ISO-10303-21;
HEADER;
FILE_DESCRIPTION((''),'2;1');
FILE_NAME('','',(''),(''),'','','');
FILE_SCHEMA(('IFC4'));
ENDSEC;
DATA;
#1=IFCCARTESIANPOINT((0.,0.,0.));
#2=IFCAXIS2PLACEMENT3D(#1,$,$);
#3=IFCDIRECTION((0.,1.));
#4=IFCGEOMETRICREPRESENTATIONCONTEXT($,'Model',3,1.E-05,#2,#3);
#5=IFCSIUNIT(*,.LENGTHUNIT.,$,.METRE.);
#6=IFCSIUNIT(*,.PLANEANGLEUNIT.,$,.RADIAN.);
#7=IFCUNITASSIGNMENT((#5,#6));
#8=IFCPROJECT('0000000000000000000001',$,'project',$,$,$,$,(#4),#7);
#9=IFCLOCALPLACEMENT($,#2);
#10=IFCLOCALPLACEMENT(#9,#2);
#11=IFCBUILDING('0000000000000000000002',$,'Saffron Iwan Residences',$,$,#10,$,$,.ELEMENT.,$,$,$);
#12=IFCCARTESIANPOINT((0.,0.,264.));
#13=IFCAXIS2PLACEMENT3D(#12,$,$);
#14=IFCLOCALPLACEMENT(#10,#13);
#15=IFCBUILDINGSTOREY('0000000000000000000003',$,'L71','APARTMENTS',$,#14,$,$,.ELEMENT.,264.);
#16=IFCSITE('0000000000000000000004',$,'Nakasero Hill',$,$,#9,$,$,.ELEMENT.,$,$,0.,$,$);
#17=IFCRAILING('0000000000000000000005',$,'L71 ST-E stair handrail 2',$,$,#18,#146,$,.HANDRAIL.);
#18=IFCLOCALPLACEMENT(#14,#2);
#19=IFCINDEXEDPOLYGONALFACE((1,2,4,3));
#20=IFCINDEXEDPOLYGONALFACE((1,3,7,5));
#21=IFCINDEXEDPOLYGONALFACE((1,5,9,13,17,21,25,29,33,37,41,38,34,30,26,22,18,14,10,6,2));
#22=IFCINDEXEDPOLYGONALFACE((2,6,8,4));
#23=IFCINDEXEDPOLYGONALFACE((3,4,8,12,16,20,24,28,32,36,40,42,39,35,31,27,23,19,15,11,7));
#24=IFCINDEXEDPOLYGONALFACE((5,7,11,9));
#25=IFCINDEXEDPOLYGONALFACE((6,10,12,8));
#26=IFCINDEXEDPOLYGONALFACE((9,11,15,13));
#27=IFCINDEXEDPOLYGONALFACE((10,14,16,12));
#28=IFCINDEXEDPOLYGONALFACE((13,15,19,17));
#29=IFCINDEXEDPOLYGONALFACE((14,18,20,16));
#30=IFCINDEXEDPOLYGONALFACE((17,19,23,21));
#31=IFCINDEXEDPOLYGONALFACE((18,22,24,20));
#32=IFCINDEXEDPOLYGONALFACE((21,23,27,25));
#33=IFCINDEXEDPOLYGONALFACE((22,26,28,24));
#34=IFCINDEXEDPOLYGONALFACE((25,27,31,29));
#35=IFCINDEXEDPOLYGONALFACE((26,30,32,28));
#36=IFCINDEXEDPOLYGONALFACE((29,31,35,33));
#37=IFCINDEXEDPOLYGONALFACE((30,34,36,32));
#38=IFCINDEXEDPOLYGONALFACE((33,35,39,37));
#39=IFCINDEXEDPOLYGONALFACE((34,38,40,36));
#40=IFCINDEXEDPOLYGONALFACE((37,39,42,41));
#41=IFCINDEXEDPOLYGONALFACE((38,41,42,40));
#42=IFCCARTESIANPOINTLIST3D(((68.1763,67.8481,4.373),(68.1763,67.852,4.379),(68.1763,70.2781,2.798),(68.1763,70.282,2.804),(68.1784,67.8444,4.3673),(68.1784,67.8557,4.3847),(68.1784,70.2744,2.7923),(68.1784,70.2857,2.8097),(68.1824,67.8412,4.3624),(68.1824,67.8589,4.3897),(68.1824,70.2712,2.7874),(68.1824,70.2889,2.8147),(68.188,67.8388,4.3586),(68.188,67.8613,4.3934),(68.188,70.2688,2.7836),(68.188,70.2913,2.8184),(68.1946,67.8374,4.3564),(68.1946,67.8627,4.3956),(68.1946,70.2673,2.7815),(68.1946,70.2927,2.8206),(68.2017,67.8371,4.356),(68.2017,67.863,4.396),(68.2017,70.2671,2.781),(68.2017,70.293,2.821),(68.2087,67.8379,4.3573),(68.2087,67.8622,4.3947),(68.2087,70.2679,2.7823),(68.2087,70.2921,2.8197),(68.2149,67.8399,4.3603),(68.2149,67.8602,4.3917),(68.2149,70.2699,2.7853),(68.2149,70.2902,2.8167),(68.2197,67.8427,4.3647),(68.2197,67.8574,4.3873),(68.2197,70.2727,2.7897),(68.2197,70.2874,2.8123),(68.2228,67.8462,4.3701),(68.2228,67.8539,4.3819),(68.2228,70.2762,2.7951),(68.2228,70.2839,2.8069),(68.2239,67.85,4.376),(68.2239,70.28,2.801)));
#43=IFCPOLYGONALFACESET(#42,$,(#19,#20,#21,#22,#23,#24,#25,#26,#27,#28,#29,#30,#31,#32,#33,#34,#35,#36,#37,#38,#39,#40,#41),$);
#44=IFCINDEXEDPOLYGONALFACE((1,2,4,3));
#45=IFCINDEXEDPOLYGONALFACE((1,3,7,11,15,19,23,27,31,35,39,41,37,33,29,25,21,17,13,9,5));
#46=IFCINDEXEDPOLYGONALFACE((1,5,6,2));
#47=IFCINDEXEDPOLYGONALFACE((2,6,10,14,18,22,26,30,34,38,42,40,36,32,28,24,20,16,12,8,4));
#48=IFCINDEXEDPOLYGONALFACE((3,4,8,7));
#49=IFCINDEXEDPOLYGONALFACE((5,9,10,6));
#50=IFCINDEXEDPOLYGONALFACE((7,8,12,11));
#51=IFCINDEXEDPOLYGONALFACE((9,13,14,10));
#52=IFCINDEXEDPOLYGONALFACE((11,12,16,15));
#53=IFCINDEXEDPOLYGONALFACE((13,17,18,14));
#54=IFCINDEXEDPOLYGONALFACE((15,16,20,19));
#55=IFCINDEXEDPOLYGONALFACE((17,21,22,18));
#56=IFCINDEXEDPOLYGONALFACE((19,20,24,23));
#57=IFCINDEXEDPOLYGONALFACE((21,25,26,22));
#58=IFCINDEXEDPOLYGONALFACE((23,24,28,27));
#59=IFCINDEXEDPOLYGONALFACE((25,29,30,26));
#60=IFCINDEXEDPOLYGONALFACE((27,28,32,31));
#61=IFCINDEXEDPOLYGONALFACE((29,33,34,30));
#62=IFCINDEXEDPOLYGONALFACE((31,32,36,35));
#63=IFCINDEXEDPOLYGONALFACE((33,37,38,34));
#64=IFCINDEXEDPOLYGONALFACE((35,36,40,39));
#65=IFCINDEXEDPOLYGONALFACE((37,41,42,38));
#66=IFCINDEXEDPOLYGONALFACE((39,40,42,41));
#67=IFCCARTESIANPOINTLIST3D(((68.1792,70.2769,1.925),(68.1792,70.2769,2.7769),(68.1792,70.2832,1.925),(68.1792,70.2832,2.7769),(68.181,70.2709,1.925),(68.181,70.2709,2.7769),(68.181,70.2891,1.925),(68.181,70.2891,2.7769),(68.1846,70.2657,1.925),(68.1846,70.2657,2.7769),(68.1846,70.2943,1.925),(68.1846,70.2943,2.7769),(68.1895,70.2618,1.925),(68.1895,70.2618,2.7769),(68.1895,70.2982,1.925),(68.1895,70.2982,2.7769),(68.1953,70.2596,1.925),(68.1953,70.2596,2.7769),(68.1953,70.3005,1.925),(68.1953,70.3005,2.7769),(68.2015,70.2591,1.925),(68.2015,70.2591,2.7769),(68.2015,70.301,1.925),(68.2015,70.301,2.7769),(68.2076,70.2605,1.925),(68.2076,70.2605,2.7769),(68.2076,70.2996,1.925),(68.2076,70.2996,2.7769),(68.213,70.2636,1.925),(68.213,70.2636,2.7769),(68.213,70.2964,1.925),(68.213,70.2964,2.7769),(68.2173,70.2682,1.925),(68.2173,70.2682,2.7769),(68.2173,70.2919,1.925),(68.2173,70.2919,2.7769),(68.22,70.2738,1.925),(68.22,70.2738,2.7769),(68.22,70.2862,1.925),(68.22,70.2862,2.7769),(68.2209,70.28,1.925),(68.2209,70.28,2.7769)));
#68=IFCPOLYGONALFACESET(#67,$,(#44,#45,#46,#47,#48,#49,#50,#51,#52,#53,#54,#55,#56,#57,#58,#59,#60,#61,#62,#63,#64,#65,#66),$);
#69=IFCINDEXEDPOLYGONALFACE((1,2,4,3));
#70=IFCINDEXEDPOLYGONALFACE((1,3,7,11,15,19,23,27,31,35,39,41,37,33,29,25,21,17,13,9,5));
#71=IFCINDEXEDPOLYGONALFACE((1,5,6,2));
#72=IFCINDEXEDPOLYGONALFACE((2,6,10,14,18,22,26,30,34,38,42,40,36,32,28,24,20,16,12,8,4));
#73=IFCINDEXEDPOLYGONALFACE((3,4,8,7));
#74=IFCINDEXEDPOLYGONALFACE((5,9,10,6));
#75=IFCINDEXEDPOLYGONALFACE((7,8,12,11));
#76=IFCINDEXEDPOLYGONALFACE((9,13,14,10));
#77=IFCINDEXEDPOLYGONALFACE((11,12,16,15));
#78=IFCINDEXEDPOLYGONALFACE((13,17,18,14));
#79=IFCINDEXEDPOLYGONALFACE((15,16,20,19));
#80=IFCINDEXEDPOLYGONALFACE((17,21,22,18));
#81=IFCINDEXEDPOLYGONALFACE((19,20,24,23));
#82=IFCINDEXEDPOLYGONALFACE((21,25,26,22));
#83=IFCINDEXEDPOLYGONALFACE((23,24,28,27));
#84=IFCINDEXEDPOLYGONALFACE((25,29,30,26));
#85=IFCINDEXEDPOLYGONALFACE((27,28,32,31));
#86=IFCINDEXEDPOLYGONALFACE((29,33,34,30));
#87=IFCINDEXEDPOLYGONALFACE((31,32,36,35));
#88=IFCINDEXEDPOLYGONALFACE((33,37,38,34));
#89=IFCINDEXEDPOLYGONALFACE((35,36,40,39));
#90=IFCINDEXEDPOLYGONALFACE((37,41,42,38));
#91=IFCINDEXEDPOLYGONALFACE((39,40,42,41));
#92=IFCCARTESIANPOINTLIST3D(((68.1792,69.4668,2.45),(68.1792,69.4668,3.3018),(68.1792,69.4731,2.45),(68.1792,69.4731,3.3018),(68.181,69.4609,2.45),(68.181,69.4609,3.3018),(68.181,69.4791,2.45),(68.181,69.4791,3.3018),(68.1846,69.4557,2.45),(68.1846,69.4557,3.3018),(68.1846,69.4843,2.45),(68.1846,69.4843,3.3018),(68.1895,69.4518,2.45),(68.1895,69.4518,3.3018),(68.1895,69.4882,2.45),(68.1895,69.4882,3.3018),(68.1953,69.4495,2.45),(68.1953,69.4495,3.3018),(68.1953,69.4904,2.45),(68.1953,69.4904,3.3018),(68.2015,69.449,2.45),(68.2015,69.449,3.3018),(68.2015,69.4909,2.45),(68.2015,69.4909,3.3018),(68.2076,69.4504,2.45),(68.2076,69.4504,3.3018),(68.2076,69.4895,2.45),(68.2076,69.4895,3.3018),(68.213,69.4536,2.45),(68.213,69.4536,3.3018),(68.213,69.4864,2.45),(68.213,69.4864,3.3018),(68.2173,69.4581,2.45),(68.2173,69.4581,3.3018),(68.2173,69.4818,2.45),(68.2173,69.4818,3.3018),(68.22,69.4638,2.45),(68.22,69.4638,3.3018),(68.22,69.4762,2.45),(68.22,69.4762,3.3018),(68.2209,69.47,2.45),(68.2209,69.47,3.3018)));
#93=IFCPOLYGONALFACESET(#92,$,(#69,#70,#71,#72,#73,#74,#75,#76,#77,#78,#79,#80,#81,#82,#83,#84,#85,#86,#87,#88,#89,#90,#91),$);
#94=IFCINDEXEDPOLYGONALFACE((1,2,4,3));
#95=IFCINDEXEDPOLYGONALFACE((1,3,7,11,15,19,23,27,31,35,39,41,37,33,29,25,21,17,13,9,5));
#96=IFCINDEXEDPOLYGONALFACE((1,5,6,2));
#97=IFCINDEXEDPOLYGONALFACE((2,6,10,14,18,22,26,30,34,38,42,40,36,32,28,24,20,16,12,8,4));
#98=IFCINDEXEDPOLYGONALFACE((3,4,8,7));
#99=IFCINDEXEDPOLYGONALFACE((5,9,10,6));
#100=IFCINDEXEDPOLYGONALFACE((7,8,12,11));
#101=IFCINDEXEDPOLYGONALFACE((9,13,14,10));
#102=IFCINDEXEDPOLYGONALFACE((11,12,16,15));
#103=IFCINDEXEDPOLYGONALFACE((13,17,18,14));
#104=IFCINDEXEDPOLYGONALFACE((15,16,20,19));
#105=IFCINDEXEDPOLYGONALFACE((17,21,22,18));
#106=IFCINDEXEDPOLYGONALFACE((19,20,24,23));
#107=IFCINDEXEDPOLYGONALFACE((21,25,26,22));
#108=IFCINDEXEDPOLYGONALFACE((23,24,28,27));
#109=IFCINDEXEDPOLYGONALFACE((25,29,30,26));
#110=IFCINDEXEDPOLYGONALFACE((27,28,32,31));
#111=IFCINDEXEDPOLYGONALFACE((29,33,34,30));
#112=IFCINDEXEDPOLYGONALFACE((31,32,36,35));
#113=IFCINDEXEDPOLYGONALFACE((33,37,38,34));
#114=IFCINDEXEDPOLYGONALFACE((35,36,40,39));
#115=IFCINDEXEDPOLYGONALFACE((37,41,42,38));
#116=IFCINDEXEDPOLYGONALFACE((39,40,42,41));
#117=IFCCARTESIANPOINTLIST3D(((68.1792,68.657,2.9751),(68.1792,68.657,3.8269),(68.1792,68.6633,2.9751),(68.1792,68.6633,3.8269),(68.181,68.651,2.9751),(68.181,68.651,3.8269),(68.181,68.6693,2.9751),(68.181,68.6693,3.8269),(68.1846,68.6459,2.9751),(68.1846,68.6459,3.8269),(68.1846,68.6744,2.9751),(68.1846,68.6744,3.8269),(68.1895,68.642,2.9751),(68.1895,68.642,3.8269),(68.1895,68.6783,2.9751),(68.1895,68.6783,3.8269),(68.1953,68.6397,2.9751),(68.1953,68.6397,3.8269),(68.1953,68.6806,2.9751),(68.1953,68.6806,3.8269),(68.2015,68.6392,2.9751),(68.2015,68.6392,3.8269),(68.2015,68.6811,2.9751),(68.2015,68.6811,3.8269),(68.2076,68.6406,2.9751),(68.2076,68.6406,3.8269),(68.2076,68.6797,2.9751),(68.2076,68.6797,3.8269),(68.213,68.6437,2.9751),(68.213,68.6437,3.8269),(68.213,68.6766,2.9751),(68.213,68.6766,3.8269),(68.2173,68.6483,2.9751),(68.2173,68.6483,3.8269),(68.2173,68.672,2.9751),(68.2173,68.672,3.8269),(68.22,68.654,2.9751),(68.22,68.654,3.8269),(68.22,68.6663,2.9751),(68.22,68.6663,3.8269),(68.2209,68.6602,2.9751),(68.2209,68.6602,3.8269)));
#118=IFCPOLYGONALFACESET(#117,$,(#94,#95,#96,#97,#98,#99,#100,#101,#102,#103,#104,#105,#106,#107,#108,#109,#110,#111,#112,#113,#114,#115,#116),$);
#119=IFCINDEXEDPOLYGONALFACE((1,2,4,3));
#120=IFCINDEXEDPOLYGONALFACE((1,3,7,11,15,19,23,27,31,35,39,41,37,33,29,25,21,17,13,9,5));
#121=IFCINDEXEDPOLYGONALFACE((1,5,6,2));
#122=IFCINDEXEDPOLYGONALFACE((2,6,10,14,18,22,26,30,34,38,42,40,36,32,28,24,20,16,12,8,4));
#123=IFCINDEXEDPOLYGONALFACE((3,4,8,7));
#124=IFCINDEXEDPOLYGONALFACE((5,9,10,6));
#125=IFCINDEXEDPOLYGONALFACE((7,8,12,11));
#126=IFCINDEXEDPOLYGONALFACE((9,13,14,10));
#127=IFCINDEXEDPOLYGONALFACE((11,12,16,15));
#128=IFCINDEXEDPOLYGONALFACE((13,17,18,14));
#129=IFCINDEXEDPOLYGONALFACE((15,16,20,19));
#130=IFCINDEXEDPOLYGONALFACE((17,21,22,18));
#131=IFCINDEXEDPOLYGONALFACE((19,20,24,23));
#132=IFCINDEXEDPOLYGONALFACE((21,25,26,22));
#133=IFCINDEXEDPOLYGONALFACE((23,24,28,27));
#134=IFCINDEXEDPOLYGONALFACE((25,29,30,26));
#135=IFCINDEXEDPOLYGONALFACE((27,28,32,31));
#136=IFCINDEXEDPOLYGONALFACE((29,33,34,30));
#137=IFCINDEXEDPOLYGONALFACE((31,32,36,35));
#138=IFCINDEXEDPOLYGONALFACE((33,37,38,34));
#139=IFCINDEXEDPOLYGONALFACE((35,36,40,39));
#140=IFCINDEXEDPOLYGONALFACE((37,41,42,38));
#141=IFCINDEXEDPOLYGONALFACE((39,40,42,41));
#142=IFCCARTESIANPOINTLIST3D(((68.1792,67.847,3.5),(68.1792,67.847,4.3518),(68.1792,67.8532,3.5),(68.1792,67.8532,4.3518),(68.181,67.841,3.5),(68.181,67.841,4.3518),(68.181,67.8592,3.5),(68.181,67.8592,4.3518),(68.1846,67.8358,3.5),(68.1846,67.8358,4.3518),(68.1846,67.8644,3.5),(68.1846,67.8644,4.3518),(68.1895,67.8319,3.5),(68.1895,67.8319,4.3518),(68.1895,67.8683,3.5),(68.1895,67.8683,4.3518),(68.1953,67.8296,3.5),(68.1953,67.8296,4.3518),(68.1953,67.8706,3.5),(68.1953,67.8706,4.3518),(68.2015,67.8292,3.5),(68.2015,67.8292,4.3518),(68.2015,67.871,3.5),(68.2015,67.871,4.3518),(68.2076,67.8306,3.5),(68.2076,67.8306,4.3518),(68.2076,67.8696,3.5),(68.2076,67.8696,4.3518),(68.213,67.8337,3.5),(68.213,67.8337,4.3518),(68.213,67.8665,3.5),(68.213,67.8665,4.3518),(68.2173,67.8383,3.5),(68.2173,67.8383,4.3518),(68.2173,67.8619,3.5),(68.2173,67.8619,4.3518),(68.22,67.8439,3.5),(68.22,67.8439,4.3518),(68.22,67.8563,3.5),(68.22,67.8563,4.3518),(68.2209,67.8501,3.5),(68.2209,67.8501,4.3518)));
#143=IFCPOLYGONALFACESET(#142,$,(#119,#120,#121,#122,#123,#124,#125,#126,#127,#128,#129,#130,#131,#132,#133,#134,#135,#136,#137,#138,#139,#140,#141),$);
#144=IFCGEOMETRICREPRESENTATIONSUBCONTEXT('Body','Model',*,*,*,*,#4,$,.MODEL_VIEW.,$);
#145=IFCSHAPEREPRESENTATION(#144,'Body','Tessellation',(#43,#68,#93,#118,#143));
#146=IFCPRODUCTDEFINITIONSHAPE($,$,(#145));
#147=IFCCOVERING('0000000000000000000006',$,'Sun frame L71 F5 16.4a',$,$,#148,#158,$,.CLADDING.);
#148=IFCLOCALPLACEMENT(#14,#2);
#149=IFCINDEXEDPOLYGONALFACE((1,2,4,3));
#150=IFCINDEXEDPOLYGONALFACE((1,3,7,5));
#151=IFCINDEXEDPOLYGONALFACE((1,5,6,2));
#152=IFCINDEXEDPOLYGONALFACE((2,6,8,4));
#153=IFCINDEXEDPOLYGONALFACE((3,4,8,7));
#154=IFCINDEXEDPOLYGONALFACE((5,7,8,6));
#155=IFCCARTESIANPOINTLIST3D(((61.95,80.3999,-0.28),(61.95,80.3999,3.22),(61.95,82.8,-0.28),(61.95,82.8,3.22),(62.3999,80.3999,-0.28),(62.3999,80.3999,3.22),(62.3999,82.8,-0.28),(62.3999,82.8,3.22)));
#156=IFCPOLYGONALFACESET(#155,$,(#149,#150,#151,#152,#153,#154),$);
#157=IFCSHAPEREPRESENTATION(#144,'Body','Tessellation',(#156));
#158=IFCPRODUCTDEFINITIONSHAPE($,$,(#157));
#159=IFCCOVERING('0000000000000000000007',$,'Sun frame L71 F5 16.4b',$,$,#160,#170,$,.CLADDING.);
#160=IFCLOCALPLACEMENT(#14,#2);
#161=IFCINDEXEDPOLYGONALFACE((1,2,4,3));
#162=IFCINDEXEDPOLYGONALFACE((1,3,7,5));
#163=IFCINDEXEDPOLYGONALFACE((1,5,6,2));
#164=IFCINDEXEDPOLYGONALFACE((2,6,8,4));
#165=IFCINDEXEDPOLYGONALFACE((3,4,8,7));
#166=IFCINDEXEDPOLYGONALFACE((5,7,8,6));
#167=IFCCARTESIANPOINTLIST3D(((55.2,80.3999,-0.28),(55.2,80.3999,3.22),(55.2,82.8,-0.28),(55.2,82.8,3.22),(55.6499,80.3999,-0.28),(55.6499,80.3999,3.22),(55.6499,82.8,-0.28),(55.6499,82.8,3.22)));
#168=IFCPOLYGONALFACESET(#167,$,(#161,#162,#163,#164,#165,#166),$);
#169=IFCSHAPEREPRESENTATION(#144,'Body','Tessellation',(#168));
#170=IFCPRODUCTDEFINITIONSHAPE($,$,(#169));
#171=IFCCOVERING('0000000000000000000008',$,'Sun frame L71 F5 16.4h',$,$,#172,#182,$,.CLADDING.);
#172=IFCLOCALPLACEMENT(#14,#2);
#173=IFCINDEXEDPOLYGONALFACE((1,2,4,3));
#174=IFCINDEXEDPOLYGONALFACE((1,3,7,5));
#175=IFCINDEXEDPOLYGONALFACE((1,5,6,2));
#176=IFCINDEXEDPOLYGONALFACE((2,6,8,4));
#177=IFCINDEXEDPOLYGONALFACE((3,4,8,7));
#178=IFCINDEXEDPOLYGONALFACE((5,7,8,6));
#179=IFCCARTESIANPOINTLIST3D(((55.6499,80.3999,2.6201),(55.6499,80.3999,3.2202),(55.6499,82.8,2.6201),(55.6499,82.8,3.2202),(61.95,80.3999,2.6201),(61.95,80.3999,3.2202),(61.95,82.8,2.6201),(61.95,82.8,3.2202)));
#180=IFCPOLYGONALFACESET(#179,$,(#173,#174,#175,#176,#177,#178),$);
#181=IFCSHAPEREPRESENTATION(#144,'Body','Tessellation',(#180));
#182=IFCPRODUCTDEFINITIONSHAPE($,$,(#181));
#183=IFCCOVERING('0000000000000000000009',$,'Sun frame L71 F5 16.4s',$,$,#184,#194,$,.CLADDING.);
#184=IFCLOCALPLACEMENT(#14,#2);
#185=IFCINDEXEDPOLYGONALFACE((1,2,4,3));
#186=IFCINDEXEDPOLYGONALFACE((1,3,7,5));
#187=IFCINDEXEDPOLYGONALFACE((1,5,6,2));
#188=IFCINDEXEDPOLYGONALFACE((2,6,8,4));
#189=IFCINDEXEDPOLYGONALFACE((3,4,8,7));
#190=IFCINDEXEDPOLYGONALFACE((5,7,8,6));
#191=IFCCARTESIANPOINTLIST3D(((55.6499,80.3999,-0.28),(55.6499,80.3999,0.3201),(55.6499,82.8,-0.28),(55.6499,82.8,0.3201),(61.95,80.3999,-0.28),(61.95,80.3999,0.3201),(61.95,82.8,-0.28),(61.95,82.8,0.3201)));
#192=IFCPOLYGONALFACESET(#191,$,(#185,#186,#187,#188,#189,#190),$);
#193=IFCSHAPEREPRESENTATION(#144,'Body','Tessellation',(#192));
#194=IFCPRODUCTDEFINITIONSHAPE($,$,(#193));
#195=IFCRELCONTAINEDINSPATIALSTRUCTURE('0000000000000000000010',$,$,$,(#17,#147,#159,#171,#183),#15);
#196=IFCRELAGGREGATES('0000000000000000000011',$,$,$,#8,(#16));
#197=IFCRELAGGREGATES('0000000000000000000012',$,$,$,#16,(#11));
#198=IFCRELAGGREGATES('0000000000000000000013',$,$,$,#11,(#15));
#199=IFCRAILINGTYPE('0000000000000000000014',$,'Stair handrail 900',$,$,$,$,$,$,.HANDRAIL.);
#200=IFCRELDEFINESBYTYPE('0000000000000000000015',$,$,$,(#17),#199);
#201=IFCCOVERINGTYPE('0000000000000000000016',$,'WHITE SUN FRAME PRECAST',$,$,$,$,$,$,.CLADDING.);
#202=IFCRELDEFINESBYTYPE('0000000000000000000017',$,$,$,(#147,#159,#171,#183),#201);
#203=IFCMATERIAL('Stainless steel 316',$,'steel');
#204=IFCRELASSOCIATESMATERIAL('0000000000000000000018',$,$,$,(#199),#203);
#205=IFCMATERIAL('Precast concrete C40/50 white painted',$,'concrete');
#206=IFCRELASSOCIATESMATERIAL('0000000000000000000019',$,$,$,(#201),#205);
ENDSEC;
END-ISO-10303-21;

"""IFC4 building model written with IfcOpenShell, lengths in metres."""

from ifc_helpers import new_model, si_unit, direction, frame, origin, origin_2d, place, context, subcontext, project, spatial, polyline, circle, outline, extrude, material, type_object, element, save


model = new_model("IFC4")

# Units and contexts
model_context = context("Model", 3, precision=1e-05, world=origin(), true_north=direction((0.0, 1.0)))
body_context = subcontext(model_context, "Body", "Model", "MODEL_VIEW")
ifc_project = project(units=[si_unit("LENGTHUNIT", "METRE"), si_unit("PLANEANGLEUNIT", "RADIAN")], contexts=[model_context])

# Site, building, storey
site_placement = place(None, origin())
site = spatial("IfcSite", under=ifc_project, at=site_placement, Name="Nakasero Hill", CompositionType="ELEMENT", RefElevation=0.0)
building_placement = place(site_placement, origin())
building = spatial("IfcBuilding", under=site, at=building_placement, Name="Saffron Iwan Residences", CompositionType="ELEMENT")
storey_placement = place(building_placement, frame((0.0, 0.0, 264.0)))
storey = spatial("IfcBuildingStorey", under=building, at=storey_placement, Name="L71", Description="APARTMENTS", CompositionType="ELEMENT", Elevation=264.0)

# Railing
ifc_material_1 = material(Name="Stainless steel 316", Category="steel")
railing_type = type_object("IfcRailingType", Name="Stair handrail 900", PredefinedType="HANDRAIL", material=ifc_material_1)
railing_1_placement = place(storey_placement, frame((68.2, 70.28, 1.925)))
element("IfcRailing", 1, at=railing_1_placement, inside=storey, type_object=railing_type, Name="L71 ST-E stair handrail 2", PredefinedType="HANDRAIL", context=body_context, shape_type="SweptSolid", body=[
    extrude(circle(Radius=0.0239, at=origin_2d()), frame((0.0, 0.0, 0.876), z_axis=(0.0, -0.839154, 0.543894), x_axis=(1.0, 0.0, 0.0)), (0.0, 0.0, 1.0), 2.8958),
    extrude(circle(Radius=0.021, at=origin_2d()), origin(), (0.0, 0.0, 1.0), 0.8518),
    extrude(circle(Radius=0.021, at=origin_2d()), frame((0.0, -0.8101, 0.5249)), (0.0, 0.0, 1.0), 0.8518),
    extrude(circle(Radius=0.021, at=origin_2d()), frame((0.0, -1.6199, 1.05)), (0.0, 0.0, 1.0), 0.8518),
    extrude(circle(Radius=0.021, at=origin_2d()), frame((0.0, -2.4299, 1.575)), (0.0, 0.0, 1.0), 0.8518),
])

# Coverings
ifc_material_2 = material(Name="Precast concrete C40/50 white painted", Category="concrete")
covering_type = type_object("IfcCoveringType", Name="WHITE SUN FRAME PRECAST", PredefinedType="CLADDING", material=ifc_material_2)
for number, where, z_axis, x_axis, name in (
    (2, (62.3999, 80.3999, -0.28), (0.0, 1.0, 0.0), (-1.0, 0.0, 0.0), "Sun frame L71 F5 16.4a"),
    (3, (55.6499, 80.3999, -0.28), (0.0, 1.0, 0.0), (-1.0, 0.0, 0.0), "Sun frame L71 F5 16.4b"),
):
    element("IfcCovering", number, at=place(storey_placement, frame(where, z_axis=z_axis, x_axis=x_axis)), inside=storey, type_object=covering_type, Name=name, PredefinedType="CLADDING", context=body_context, shape_type="SweptSolid", body=[
        extrude(outline(polyline([(0.0, 0.0), (0.45, 0.0), (0.45, 3.5), (0.0, 3.5), (0.0, 0.0)])), origin(), (0.0, 0.0, 1.0), 2.4001),
    ])
for number, where, z_axis, x_axis, name in (
    (4, (61.95, 80.3999, 2.6201), (0.0, 1.0, 0.0), (-1.0, 0.0, 0.0), "Sun frame L71 F5 16.4h"),
    (5, (61.95, 80.3999, -0.28), (0.0, 1.0, 0.0), (-1.0, 0.0, 0.0), "Sun frame L71 F5 16.4s"),
):
    element("IfcCovering", number, at=place(storey_placement, frame(where, z_axis=z_axis, x_axis=x_axis)), inside=storey, type_object=covering_type, Name=name, PredefinedType="CLADDING", context=body_context, shape_type="SweptSolid", body=[
        extrude(outline(polyline([(0.0, 0.0), (6.3, 0.0), (6.3, 0.6001), (0.0, 0.6001), (0.0, 0.0)])), origin(), (0.0, 0.0, 1.0), 2.4001),
    ])

save(model, "model.ifc")
